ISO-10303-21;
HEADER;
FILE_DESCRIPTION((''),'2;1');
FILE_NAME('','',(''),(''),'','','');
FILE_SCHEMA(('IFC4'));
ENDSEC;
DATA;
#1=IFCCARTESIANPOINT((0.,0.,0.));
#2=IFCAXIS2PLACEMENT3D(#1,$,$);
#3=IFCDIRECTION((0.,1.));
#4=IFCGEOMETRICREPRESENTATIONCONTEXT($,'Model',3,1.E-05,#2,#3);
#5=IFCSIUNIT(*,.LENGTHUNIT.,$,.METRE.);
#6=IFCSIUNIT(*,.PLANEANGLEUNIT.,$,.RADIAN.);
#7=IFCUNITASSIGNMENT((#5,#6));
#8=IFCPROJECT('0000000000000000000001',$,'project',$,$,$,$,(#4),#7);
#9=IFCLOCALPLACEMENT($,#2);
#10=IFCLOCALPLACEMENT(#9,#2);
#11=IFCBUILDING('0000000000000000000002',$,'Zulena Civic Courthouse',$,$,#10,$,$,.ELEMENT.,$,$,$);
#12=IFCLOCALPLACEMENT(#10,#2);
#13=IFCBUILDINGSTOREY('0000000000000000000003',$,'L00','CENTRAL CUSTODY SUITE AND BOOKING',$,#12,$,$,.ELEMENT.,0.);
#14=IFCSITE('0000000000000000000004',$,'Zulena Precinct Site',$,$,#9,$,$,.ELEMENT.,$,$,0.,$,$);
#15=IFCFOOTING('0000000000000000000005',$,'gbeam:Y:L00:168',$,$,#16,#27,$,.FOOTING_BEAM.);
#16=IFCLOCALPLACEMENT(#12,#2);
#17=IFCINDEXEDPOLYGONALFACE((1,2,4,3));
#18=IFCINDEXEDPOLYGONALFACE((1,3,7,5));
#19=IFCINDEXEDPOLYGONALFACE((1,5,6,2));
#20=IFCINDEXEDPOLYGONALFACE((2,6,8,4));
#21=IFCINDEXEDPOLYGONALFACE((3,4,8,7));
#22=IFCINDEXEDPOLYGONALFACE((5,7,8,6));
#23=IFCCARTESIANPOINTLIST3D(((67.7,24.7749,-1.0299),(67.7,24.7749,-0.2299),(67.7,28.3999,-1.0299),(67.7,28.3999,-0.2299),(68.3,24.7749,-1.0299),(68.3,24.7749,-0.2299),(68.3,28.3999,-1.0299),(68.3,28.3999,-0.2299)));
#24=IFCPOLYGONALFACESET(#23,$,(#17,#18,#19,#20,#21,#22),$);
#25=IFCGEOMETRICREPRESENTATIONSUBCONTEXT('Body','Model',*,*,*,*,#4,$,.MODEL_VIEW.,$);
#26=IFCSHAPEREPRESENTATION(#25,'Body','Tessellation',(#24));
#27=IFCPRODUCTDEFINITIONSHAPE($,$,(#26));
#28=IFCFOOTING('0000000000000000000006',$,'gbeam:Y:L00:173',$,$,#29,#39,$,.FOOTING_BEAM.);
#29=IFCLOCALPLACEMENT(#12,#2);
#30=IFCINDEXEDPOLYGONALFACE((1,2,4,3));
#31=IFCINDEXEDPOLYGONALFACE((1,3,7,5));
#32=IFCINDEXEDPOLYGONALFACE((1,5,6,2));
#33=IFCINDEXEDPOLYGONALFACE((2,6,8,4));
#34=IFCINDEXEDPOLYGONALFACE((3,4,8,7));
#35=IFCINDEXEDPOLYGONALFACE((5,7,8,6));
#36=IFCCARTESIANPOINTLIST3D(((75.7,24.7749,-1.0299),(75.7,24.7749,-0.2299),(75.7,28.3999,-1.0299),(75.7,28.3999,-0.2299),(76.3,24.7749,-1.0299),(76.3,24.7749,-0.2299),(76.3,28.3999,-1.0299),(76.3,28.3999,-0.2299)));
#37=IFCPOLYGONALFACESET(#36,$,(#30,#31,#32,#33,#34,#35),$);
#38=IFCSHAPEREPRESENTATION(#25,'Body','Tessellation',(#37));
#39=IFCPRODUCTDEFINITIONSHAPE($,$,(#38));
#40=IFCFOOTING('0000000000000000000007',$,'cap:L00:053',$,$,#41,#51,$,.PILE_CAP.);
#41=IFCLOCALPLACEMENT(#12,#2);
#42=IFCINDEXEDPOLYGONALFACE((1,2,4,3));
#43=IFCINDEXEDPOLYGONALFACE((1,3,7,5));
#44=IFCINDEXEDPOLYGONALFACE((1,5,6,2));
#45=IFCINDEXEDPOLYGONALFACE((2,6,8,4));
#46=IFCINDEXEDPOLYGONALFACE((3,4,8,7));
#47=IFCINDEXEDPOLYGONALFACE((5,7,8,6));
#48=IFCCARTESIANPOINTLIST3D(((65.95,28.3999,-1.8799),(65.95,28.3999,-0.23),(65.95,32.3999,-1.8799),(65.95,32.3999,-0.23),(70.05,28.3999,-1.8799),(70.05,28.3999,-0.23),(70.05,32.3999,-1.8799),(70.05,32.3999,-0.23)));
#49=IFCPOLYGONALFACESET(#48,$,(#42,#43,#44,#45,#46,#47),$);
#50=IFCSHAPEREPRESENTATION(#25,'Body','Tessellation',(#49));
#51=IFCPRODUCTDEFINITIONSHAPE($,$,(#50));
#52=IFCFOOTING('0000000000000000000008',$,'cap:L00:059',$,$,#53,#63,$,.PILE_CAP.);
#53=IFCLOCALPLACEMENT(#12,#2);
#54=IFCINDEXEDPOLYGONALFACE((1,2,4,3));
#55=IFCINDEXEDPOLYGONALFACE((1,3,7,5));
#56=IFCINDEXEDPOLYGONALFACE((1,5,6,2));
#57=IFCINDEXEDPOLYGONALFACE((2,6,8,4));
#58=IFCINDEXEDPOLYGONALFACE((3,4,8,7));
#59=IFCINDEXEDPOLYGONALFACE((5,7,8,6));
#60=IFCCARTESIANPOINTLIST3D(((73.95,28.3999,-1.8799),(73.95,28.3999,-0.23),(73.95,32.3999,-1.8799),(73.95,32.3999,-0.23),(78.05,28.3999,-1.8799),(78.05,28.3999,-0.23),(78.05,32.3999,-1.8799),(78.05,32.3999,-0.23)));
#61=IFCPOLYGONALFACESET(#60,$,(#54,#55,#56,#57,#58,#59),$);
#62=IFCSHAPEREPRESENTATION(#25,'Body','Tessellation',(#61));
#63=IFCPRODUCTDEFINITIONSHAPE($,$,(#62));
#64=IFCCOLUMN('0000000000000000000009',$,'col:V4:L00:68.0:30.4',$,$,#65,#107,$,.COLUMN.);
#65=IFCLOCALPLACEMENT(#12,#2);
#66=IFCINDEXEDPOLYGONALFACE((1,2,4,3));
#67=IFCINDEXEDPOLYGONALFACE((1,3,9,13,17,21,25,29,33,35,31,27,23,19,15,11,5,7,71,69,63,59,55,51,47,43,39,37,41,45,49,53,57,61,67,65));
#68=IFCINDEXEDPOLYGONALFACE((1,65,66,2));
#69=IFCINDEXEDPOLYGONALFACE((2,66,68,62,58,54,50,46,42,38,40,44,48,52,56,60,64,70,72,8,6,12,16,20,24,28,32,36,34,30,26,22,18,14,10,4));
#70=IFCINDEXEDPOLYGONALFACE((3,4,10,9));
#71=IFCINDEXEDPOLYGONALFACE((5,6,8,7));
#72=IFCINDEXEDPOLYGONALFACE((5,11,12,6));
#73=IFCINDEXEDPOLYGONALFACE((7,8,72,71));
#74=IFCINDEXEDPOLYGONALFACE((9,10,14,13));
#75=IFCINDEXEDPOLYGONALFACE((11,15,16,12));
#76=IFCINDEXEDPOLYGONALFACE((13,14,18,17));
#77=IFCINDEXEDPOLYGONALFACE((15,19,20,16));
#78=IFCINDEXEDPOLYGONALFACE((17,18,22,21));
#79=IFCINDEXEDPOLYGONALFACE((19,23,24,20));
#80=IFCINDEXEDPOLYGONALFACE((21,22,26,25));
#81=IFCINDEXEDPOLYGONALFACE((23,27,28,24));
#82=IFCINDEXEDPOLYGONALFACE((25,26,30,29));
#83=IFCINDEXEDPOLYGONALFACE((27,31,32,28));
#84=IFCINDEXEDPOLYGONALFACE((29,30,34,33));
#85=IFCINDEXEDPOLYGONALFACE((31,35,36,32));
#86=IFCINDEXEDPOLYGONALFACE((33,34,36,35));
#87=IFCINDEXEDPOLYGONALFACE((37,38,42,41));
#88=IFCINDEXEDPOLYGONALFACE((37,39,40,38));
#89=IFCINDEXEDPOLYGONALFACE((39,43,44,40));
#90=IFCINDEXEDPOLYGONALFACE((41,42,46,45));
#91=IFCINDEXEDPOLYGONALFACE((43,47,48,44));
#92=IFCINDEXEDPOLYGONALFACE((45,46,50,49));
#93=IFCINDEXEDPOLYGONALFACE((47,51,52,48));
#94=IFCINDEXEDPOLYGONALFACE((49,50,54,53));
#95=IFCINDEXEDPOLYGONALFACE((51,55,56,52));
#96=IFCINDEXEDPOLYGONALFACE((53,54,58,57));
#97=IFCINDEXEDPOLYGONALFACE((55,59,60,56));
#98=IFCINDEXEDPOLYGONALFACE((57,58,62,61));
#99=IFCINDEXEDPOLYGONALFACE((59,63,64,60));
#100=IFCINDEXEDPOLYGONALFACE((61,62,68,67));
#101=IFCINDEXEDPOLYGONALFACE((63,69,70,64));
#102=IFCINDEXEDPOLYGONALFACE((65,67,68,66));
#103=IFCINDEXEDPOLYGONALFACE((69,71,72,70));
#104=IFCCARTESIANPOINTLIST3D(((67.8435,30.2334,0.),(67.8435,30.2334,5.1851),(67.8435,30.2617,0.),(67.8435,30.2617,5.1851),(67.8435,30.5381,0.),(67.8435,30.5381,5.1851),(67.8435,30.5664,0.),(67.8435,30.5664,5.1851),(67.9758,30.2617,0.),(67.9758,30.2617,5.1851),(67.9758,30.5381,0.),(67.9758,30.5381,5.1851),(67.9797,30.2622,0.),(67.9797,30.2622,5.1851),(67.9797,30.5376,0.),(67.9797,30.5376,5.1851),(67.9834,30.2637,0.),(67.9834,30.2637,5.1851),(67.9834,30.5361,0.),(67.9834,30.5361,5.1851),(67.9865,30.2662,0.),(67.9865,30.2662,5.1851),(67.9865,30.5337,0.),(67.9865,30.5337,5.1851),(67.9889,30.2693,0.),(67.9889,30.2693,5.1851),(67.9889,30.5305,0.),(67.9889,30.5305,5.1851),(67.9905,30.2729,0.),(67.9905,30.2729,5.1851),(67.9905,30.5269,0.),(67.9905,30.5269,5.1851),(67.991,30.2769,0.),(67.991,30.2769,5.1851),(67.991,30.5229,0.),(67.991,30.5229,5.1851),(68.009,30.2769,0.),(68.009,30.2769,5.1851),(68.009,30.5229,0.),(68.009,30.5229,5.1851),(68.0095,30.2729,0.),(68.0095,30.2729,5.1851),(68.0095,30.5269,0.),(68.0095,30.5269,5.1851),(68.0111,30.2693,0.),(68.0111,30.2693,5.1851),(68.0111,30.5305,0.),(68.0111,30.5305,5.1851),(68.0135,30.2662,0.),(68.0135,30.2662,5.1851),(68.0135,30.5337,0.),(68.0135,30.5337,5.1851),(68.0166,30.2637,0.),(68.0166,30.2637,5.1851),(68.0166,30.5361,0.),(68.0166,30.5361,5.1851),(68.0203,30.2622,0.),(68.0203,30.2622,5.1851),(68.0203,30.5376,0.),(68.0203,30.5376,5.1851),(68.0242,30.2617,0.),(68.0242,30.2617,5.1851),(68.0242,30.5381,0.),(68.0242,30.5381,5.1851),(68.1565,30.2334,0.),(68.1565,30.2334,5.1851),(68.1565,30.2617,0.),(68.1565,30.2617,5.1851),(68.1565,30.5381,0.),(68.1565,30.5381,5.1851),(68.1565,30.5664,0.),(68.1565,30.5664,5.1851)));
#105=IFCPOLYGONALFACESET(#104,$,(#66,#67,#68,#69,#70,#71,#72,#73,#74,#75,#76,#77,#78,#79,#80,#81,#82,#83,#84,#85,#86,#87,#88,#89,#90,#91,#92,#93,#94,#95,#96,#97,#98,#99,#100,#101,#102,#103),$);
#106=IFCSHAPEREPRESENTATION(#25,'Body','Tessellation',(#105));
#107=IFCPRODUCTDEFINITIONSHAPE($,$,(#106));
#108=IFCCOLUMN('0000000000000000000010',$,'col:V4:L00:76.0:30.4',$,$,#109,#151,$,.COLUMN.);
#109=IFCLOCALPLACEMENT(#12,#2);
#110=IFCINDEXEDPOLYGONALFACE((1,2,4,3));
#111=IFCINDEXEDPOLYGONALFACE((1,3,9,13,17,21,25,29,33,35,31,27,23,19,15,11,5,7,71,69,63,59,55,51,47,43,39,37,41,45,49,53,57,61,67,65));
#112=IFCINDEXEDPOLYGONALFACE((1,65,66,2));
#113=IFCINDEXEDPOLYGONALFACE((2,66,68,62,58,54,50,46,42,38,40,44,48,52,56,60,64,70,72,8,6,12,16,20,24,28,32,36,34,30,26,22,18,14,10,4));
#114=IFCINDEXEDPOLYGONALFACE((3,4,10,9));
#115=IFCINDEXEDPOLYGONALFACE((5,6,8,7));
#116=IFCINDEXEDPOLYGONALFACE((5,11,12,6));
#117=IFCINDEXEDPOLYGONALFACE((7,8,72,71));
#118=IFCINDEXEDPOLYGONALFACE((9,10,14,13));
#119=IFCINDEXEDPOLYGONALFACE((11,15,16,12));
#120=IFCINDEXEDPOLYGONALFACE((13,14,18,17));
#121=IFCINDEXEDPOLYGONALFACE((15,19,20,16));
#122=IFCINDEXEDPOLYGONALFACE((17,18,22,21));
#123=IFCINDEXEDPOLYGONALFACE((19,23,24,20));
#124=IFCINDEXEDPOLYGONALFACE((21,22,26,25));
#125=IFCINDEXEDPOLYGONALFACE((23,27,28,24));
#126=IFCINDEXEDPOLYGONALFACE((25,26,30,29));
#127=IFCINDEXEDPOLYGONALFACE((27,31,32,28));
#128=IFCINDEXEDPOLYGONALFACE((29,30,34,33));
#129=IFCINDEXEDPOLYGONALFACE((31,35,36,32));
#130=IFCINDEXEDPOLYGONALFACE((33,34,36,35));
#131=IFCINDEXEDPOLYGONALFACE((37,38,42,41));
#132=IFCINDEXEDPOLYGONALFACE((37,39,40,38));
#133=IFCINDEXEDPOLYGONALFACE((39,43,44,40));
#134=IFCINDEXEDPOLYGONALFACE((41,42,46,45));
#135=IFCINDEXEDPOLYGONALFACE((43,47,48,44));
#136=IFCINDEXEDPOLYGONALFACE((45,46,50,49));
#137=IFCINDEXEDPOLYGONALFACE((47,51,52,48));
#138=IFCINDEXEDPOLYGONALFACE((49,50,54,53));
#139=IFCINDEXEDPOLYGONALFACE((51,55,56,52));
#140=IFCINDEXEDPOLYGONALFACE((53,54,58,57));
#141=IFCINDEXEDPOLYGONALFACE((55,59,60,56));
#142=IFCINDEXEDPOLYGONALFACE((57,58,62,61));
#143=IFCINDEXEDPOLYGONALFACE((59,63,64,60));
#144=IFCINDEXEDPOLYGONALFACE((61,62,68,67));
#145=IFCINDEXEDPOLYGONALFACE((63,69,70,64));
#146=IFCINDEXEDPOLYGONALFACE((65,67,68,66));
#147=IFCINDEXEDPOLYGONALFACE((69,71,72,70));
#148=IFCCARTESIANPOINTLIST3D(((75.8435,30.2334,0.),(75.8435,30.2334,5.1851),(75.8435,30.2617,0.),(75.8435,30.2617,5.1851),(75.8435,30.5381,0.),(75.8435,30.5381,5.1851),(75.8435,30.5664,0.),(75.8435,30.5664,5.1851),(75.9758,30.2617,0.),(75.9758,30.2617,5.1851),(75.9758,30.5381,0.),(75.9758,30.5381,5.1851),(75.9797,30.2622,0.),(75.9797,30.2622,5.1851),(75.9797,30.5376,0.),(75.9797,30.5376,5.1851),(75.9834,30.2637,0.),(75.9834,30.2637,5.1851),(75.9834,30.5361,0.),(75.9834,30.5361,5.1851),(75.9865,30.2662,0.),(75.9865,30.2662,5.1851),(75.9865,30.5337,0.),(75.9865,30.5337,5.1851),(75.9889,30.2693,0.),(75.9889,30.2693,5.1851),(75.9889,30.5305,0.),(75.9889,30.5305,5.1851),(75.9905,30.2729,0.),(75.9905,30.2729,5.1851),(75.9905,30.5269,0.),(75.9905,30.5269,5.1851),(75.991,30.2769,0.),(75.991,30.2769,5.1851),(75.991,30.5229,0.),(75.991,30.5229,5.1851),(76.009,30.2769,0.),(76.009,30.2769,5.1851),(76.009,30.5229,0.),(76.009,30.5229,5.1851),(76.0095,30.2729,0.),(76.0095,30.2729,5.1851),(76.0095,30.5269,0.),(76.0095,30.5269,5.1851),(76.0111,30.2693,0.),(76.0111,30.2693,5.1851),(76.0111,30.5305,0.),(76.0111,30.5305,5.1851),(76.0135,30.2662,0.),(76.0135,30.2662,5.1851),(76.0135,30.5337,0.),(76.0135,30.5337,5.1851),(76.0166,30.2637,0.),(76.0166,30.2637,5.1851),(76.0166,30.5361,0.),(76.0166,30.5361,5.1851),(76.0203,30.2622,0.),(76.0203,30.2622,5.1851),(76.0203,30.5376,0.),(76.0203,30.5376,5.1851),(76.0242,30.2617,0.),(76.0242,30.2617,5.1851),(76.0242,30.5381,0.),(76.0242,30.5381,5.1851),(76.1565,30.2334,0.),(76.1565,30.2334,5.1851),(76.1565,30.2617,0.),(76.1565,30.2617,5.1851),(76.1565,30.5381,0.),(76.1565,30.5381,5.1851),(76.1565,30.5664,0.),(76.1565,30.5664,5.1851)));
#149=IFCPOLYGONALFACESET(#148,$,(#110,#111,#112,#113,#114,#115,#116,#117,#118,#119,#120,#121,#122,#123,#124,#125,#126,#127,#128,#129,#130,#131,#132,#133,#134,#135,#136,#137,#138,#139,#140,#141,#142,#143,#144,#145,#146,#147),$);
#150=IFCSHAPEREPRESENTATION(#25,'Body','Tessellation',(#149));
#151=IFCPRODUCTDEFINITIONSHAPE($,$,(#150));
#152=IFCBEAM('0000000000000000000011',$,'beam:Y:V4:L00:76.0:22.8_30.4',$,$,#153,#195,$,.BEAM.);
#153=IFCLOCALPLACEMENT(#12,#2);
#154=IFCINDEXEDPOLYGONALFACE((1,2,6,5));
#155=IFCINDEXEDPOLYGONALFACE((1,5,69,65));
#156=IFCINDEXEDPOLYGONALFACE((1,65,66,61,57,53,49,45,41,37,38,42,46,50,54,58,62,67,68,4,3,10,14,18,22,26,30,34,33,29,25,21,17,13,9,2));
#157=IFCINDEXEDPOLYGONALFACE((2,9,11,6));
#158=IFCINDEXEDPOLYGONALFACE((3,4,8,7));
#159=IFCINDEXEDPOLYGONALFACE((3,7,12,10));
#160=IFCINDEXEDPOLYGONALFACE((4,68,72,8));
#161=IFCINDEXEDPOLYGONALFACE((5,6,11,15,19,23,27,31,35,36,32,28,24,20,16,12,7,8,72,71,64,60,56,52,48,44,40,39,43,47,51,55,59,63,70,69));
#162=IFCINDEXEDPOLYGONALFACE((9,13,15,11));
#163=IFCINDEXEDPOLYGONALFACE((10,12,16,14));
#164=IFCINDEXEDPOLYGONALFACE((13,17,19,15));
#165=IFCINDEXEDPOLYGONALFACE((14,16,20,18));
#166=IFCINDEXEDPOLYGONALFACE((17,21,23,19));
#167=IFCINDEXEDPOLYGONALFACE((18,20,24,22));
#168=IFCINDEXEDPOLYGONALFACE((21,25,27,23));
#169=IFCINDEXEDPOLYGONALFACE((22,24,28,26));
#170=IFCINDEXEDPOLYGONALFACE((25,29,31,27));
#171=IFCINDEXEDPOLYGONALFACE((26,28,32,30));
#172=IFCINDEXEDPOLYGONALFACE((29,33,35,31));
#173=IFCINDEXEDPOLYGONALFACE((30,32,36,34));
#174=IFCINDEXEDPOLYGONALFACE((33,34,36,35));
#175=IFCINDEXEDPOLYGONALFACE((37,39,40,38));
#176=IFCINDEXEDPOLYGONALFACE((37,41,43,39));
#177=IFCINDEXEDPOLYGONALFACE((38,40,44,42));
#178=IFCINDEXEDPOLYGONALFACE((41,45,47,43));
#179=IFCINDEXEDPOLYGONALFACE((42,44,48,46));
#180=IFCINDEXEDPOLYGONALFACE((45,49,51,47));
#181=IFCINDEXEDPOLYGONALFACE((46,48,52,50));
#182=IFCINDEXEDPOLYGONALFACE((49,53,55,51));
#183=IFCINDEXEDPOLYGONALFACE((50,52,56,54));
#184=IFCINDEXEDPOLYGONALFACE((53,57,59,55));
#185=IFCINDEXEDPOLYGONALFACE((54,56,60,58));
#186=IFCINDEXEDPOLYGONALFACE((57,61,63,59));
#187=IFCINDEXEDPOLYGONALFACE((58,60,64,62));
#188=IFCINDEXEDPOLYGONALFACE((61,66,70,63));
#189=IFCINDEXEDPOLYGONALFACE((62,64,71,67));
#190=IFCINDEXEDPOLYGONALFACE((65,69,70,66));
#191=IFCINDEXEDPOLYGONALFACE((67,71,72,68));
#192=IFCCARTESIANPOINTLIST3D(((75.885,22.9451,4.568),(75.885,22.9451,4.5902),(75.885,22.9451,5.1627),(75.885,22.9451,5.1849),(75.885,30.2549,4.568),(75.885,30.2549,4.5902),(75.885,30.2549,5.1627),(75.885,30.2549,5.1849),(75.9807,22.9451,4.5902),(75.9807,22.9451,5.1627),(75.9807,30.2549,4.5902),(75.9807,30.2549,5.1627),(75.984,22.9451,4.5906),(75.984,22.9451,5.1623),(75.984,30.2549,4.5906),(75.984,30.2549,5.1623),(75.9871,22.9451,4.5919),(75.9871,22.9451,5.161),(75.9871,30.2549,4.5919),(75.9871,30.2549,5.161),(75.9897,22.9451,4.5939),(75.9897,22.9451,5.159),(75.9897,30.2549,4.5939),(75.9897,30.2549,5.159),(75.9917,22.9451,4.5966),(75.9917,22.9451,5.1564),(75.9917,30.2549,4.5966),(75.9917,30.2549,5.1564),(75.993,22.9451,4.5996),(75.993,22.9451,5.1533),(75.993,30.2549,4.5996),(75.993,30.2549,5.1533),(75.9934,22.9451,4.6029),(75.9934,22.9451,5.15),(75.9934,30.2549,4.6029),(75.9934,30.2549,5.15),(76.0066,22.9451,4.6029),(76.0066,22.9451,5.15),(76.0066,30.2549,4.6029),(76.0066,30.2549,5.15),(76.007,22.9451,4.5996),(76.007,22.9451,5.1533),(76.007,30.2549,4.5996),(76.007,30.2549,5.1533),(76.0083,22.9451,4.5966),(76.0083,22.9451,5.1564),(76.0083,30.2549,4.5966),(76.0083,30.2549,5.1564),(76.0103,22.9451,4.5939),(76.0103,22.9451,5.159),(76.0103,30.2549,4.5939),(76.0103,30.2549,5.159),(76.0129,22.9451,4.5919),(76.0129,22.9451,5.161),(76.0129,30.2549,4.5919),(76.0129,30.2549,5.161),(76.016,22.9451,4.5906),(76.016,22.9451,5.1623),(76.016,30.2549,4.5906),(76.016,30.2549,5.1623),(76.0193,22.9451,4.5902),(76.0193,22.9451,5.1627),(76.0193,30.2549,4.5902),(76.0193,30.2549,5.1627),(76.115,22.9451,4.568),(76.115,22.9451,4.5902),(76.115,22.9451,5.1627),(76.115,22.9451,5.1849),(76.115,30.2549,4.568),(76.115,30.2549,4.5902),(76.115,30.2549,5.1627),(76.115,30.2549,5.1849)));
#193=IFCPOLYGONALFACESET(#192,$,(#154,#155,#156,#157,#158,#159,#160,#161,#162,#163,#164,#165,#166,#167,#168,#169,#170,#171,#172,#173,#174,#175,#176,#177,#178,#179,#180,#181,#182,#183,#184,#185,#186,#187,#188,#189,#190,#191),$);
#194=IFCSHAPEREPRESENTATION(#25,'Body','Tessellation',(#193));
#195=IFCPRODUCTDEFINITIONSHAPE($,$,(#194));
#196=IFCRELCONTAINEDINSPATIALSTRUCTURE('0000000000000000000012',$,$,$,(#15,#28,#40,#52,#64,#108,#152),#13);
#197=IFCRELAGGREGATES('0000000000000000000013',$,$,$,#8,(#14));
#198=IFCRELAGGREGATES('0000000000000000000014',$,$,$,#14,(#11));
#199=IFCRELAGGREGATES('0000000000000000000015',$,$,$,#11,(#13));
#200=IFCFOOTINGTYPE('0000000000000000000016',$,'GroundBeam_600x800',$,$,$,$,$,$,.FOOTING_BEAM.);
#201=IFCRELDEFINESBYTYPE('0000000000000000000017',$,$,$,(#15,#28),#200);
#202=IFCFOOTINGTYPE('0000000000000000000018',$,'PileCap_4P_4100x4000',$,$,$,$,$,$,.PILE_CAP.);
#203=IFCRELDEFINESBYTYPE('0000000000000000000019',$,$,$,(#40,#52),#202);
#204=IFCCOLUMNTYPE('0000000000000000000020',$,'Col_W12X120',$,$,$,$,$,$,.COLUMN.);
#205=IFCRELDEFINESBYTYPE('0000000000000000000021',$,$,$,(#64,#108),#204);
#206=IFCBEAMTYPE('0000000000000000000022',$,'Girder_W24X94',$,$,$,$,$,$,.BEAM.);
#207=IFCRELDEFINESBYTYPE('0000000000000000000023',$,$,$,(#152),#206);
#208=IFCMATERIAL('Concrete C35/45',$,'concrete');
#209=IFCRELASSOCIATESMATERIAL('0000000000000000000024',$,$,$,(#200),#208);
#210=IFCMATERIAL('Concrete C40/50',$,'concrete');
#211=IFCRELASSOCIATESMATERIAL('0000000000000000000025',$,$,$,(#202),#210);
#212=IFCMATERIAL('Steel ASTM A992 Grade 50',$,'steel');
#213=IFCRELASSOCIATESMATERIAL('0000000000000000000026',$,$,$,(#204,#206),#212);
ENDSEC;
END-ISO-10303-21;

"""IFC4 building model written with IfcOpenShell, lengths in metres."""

from ifc_helpers import new_model, si_unit, direction, frame, origin, origin_2d, place, context, subcontext, project, spatial, rectangle, i_section, extrude, material, material_profile, profile_set, type_object, element, save


model = new_model("IFC4")

# Units and contexts
model_context = context("Model", 3, precision=1e-05, world=origin(), true_north=direction((0.0, 1.0)))
body_context = subcontext(model_context, "Body", "Model", "MODEL_VIEW")
ifc_project = project(units=[si_unit("LENGTHUNIT", "METRE"), si_unit("PLANEANGLEUNIT", "RADIAN")], contexts=[model_context])

# Site, building, storey
site_placement = place(None, origin())
site = spatial("IfcSite", under=ifc_project, at=site_placement, Name="Zulena Precinct Site", CompositionType="ELEMENT", RefElevation=0.0)
building_placement = place(site_placement, origin())
building = spatial("IfcBuilding", under=site, at=building_placement, Name="Zulena Civic Courthouse", CompositionType="ELEMENT")
storey_placement = place(building_placement, origin())
storey = spatial("IfcBuildingStorey", under=building, at=storey_placement, Name="L00", Description="CENTRAL CUSTODY SUITE AND BOOKING", CompositionType="ELEMENT", Elevation=0.0)

# Shared definitions
ifc_material_1 = material(Name="Concrete C40/50", Category="concrete")

# Footings
ifc_material_2 = material(Name="Concrete C35/45", Category="concrete")
ifc_material_profile_1 = material_profile(ifc_material_2, rectangle(XDim=0.6001, YDim=0.8, at=origin_2d()), Name="RC600X800")
ifc_profile_set_1 = profile_set([ifc_material_profile_1], Name="Concrete C35/45")
footing_type_1 = type_object("IfcFootingType", Name="GroundBeam_600x800", PredefinedType="FOOTING_BEAM", material=ifc_profile_set_1)
for number, where, z_axis, x_axis, name in (
    (1, (68.0, 24.7749, -0.6299), (0.0, 1.0, 0.0), (-1.0, 0.0, 0.0), "gbeam:Y:L00:168"),
    (2, (76.0, 24.7749, -0.6299), (0.0, 1.0, 0.0), (-1.0, 0.0, 0.0), "gbeam:Y:L00:173"),
):
    element("IfcFooting", number, at=place(storey_placement, frame(where, z_axis=z_axis, x_axis=x_axis)), inside=storey, type_object=footing_type_1, Name=name, PredefinedType="FOOTING_BEAM", context=body_context, shape_type="SweptSolid", body=[
        extrude(rectangle(XDim=0.6001, YDim=0.8, at=origin_2d()), origin(), (0.0, 0.0, 1.0), 3.625),
    ])
footing_type_2 = type_object("IfcFootingType", Name="PileCap_4P_4100x4000", PredefinedType="PILE_CAP", material=ifc_material_1)
for number, where, z_axis, x_axis, name in (
    (3, (68.0, 30.3999, -1.8799), (0.0, 0.0, 1.0), (1.0, 0.0, 0.0), "cap:L00:053"),
    (4, (76.0, 30.3999, -1.8799), (0.0, 0.0, 1.0), (1.0, 0.0, 0.0), "cap:L00:059"),
):
    element("IfcFooting", number, at=place(storey_placement, frame(where, z_axis=z_axis, x_axis=x_axis)), inside=storey, type_object=footing_type_2, Name=name, PredefinedType="PILE_CAP", context=body_context, shape_type="SweptSolid", body=[
        extrude(rectangle(XDim=4.1001, YDim=4.0, at=origin_2d()), origin(), (0.0, 0.0, 1.0), 1.6499),
    ])

# Columns
ifc_material_3 = material(Name="Steel ASTM A992 Grade 50", Category="steel")
ifc_material_profile_2 = material_profile(ifc_material_3, i_section(OverallWidth=0.313, OverallDepth=0.333, WebThickness=0.0181, FlangeThickness=0.0283, FilletRadius=0.0151, at=origin_2d()), Name="W12X120")
ifc_profile_set_2 = profile_set([ifc_material_profile_2], Name="Steel ASTM A992 Grade 50")
column_type = type_object("IfcColumnType", Name="Col_W12X120", PredefinedType="COLUMN", material=ifc_profile_set_2)
for number, where, z_axis, x_axis, name in (
    (5, (68.0, 30.3999, 0.0), (0.0, 0.0, 1.0), (1.0, 0.0, 0.0), "col:V4:L00:68.0:30.4"),
    (6, (76.0, 30.3999, 0.0), (0.0, 0.0, 1.0), (1.0, 0.0, 0.0), "col:V4:L00:76.0:30.4"),
):
    element("IfcColumn", number, at=place(storey_placement, frame(where, z_axis=z_axis, x_axis=x_axis)), inside=storey, type_object=column_type, Name=name, PredefinedType="COLUMN", context=body_context, shape_type="SweptSolid", body=[
        extrude(i_section(OverallWidth=0.313, OverallDepth=0.333, WebThickness=0.0181, FlangeThickness=0.0283, FilletRadius=0.0151, at=origin_2d()), origin(), (0.0, 0.0, 1.0), 5.1851),
    ])

# Beam
ifc_material_profile_3 = material_profile(ifc_material_3, i_section(OverallWidth=0.23, OverallDepth=0.6169, WebThickness=0.0132, FlangeThickness=0.0222, FilletRadius=0.0127, at=origin_2d()), Name="W24X94")
ifc_profile_set_3 = profile_set([ifc_material_profile_3], Name="Steel ASTM A992 Grade 50")
beam_type_1 = type_object("IfcBeamType", Name="Girder_W24X94", PredefinedType="BEAM", material=ifc_profile_set_3)
beam_1_placement = place(storey_placement, frame((76.0, 22.9451, 4.8765), z_axis=(0.0, 1.0, 0.0), x_axis=(-1.0, 0.0, 0.0)))
element("IfcBeam", 7, at=beam_1_placement, inside=storey, type_object=beam_type_1, Name="beam:Y:V4:L00:76.0:22.8_30.4", PredefinedType="BEAM", context=body_context, shape_type="SweptSolid", body=[
    extrude(i_section(OverallWidth=0.23, OverallDepth=0.6169, WebThickness=0.0132, FlangeThickness=0.0222, FilletRadius=0.0127, at=origin_2d()), origin(), (0.0, 0.0, 1.0), 7.3098),
])

save(model, "model.ifc")
